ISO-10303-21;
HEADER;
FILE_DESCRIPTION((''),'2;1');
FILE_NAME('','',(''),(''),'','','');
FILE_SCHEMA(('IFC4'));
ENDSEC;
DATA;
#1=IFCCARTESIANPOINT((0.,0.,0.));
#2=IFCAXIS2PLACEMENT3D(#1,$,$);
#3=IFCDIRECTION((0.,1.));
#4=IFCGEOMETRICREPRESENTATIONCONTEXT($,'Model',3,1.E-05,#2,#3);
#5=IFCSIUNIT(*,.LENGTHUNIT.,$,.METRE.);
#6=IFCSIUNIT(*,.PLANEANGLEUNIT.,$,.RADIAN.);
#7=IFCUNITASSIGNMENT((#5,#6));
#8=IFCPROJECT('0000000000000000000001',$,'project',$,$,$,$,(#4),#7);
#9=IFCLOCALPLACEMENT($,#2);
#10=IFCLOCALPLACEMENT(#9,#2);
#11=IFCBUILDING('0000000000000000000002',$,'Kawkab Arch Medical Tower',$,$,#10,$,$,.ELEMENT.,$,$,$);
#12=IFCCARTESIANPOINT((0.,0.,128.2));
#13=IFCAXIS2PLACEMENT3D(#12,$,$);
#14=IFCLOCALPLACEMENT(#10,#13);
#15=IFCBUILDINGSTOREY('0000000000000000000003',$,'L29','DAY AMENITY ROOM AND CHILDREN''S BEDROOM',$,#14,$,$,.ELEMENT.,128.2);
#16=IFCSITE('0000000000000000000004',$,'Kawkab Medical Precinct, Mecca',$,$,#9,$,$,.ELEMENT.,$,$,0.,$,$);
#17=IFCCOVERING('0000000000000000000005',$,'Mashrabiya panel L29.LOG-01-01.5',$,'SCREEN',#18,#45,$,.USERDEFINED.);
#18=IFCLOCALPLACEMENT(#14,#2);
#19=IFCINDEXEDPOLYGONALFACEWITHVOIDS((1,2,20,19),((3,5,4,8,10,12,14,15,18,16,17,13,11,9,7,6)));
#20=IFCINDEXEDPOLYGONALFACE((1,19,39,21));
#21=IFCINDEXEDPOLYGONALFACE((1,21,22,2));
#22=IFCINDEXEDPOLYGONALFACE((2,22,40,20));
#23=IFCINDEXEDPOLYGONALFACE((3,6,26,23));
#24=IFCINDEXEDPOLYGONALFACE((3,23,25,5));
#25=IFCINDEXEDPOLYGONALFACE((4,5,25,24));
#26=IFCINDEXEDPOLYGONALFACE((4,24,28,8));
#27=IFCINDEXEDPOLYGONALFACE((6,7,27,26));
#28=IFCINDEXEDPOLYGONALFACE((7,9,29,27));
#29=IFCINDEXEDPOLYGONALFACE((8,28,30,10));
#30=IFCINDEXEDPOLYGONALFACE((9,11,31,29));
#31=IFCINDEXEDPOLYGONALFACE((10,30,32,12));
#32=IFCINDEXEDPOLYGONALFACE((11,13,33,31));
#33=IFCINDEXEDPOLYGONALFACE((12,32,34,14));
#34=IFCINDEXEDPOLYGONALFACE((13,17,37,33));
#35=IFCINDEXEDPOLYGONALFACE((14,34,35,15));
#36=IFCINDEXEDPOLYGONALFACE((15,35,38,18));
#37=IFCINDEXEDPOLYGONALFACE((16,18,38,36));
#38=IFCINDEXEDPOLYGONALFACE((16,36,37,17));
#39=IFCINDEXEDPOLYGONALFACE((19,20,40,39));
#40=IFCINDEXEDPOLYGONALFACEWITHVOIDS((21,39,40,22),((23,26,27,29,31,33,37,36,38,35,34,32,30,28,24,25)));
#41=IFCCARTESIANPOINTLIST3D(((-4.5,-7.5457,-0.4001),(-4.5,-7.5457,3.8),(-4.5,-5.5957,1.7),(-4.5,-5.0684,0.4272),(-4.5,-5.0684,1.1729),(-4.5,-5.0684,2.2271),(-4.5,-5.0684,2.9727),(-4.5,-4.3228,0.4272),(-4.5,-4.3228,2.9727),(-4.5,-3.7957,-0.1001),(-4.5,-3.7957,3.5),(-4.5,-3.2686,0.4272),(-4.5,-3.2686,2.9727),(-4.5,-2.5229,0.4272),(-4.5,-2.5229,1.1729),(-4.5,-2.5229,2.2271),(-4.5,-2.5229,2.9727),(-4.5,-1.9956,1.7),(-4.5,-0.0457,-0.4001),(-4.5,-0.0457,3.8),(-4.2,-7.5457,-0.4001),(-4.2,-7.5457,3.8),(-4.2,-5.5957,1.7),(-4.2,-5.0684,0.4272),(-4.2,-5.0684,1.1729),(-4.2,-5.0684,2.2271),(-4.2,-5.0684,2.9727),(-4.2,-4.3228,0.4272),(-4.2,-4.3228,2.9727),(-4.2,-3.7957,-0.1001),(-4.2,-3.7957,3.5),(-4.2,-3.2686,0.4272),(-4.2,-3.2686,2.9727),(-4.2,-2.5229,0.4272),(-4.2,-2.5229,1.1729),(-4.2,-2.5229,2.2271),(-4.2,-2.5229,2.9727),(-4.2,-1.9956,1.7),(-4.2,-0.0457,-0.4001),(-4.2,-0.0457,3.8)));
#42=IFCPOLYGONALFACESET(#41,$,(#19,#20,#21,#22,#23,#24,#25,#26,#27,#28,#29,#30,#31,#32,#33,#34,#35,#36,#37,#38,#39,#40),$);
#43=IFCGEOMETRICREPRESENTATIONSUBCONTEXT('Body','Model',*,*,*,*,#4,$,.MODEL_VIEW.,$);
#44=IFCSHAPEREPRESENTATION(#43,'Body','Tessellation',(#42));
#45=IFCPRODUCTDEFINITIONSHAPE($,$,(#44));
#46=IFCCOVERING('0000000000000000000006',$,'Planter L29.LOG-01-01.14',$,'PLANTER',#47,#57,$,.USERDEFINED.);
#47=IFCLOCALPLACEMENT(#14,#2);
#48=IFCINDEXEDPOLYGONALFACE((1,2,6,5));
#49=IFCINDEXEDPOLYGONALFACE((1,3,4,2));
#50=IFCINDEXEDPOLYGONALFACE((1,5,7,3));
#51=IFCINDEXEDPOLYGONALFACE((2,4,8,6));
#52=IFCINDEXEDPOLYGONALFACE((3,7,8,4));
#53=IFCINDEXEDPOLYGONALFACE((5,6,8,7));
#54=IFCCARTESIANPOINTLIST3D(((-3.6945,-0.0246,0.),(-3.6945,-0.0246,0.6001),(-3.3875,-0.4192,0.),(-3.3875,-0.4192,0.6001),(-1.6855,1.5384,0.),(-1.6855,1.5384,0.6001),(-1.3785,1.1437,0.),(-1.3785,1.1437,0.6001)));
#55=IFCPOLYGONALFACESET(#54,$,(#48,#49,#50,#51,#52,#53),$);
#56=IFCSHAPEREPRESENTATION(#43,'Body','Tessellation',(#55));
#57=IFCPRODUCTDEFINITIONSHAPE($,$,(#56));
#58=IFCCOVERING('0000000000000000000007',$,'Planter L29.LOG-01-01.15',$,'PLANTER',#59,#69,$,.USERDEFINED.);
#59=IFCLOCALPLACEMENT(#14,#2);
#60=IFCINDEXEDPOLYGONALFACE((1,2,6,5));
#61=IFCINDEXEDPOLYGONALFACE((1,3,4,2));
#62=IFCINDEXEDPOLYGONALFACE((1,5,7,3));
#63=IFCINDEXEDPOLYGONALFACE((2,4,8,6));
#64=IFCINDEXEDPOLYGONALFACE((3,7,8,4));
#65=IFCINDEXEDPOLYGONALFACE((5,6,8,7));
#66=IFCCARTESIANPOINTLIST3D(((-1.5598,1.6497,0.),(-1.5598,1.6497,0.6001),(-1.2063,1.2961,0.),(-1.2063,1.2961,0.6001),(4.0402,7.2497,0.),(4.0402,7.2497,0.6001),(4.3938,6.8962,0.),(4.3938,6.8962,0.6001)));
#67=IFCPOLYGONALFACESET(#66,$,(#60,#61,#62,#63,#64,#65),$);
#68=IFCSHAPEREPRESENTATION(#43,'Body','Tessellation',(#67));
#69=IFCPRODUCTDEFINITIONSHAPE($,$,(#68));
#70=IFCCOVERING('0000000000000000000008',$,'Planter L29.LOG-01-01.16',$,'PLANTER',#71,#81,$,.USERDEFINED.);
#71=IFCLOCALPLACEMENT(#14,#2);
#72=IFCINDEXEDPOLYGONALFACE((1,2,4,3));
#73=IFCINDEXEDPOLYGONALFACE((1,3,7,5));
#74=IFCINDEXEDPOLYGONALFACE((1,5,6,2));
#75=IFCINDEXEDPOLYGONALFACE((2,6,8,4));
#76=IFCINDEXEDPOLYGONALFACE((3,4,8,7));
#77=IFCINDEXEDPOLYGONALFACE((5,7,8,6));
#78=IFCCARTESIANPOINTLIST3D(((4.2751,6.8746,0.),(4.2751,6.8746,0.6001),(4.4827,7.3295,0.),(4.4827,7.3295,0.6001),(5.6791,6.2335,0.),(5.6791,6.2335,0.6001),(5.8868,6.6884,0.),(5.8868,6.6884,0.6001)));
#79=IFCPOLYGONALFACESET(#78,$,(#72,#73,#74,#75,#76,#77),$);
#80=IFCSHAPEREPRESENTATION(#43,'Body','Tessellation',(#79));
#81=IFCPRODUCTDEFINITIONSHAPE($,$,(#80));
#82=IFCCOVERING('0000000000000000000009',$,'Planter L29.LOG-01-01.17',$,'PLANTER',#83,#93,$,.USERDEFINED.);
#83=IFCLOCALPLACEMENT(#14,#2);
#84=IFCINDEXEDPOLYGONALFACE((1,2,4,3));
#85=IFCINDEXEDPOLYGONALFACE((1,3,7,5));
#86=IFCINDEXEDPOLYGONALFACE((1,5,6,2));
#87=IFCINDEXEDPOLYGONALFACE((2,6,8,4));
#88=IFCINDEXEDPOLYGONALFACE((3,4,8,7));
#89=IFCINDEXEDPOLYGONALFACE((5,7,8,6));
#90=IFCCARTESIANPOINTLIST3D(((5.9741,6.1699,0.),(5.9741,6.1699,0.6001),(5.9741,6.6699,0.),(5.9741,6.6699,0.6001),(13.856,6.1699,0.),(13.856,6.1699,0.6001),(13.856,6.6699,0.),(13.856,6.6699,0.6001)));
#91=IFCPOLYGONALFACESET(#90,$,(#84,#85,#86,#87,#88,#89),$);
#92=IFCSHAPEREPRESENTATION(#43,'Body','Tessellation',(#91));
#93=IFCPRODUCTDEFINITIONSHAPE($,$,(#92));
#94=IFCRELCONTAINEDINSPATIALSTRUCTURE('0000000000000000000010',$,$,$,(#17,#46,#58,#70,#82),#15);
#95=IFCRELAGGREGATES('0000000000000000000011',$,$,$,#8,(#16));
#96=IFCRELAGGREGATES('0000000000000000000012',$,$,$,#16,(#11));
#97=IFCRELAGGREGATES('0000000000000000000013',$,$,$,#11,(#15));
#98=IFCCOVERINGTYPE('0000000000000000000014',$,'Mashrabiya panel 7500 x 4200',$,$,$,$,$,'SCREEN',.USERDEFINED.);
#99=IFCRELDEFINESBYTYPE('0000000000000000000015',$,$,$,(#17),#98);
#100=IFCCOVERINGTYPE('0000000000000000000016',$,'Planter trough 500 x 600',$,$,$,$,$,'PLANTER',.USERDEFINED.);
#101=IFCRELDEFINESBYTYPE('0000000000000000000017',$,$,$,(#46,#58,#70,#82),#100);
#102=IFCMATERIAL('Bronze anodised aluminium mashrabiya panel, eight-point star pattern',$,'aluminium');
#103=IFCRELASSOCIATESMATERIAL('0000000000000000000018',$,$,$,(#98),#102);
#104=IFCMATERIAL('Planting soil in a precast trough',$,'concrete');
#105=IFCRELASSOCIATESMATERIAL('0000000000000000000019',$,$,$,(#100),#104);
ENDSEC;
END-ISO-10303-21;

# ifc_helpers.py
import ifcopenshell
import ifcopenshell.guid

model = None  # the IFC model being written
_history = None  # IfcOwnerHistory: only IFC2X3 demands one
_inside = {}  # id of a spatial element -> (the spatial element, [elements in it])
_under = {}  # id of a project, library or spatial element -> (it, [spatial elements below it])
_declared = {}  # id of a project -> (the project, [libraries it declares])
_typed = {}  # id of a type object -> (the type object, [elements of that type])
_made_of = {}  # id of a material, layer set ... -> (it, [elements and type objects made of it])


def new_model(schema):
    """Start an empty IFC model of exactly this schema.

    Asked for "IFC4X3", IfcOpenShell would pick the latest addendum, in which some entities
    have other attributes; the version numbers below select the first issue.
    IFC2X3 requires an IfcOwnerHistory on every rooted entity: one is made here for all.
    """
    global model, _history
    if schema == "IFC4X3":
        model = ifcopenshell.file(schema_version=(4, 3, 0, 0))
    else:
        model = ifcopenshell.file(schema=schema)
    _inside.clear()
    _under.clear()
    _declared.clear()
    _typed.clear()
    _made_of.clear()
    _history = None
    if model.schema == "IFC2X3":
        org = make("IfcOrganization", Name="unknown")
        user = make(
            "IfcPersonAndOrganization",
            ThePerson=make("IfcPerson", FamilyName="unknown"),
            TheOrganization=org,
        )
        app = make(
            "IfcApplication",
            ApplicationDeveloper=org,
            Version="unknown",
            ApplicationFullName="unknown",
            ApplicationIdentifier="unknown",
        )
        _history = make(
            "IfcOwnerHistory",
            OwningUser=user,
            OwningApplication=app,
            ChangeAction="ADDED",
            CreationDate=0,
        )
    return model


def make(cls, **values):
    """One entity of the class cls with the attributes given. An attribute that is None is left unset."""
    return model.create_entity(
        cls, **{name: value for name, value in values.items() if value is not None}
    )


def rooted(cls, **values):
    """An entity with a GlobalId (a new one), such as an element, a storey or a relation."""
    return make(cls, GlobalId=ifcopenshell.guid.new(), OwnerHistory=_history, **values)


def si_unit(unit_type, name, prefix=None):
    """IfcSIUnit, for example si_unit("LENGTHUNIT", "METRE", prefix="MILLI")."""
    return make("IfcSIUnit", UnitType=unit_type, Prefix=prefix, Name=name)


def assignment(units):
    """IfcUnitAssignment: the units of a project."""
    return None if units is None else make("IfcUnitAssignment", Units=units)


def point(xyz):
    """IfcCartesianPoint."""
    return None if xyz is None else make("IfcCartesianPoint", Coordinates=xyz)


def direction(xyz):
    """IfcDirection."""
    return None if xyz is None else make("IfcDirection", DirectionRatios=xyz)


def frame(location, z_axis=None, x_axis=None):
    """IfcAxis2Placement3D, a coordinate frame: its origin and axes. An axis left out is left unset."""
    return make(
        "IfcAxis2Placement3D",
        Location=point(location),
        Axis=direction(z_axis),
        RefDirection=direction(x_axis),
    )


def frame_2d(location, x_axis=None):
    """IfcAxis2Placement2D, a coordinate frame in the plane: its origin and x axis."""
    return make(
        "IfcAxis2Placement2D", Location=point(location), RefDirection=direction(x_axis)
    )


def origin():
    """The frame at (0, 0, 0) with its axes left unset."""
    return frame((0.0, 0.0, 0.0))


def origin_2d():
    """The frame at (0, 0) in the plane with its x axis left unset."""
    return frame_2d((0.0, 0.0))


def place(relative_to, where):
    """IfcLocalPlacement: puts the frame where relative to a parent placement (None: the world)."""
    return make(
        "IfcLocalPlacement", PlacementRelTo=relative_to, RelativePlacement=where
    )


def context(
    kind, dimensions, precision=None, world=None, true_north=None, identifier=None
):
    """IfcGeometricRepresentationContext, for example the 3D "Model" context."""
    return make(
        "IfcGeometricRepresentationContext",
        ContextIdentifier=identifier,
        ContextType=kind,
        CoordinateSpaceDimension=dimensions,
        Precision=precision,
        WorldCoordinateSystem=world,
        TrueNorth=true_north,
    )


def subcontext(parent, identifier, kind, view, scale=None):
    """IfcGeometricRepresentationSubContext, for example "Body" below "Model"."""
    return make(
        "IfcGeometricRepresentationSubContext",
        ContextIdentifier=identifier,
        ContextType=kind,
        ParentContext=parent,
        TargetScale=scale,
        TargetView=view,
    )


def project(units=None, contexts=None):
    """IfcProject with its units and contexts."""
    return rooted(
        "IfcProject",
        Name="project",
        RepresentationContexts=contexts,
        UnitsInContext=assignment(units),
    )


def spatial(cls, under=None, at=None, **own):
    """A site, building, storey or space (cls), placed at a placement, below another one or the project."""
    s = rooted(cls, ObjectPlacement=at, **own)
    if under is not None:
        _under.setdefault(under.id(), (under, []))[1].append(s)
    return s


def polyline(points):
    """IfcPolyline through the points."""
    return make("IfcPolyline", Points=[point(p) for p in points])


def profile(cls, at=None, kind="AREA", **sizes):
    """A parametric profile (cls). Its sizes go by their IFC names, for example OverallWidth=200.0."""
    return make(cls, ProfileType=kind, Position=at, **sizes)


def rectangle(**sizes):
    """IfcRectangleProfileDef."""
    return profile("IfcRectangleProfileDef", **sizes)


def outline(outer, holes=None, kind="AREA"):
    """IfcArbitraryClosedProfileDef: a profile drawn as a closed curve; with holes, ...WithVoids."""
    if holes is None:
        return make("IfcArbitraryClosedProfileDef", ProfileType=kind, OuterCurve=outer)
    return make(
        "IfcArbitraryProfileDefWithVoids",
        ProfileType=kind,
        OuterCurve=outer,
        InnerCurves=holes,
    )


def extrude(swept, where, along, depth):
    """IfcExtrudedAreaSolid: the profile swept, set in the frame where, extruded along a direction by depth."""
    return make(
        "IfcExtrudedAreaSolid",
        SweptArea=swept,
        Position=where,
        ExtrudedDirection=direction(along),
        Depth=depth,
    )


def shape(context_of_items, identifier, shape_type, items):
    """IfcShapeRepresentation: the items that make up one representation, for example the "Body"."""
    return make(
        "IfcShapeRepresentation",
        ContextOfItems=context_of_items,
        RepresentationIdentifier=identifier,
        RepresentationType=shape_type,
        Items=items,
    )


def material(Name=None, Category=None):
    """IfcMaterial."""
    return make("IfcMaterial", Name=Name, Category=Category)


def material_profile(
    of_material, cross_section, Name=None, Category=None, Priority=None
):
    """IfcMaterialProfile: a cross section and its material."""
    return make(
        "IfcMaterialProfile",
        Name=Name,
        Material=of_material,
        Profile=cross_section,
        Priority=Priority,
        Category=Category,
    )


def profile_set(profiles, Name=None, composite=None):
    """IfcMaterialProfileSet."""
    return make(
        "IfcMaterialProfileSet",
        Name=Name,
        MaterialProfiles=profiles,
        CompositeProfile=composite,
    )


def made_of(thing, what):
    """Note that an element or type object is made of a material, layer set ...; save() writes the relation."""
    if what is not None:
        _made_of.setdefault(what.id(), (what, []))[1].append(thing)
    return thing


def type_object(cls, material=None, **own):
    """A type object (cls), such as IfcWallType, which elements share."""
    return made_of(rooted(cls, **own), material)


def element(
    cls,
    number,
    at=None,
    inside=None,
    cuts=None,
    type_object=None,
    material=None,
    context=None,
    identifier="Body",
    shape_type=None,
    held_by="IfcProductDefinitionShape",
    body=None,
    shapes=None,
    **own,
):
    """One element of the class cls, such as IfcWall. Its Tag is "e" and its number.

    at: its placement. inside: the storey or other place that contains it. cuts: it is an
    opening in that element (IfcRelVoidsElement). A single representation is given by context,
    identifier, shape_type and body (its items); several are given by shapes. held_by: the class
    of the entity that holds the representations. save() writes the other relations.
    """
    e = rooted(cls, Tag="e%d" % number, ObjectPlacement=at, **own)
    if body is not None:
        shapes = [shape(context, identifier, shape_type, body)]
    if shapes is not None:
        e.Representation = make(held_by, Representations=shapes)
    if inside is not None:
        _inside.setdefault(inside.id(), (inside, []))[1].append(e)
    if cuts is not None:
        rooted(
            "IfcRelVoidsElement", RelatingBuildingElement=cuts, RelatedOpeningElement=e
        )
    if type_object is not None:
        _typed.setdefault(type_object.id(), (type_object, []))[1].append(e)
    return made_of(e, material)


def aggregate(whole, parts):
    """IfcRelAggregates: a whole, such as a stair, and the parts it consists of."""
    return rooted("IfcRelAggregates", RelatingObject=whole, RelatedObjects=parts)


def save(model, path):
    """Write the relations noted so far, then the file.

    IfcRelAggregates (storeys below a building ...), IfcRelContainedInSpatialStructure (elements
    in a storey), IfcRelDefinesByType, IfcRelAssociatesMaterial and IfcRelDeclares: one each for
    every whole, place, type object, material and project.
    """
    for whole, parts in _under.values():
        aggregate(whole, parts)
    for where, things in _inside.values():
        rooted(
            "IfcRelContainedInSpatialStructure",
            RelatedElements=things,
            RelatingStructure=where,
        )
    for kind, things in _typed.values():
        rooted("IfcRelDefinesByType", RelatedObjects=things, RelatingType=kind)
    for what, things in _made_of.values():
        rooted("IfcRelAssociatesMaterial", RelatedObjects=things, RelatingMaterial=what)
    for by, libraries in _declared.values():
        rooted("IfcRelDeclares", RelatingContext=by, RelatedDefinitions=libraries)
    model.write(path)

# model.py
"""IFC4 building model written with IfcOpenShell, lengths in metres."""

from ifc_helpers import new_model, si_unit, direction, frame, origin, origin_2d, place, context, subcontext, project, spatial, polyline, rectangle, outline, extrude, material, material_profile, profile_set, type_object, element, save


model = new_model("IFC4")

# Units and contexts
model_context = context("Model", 3, precision=1e-05, world=origin(), true_north=direction((0.0, 1.0)))
body_context = subcontext(model_context, "Body", "Model", "MODEL_VIEW")
ifc_project = project(units=[si_unit("LENGTHUNIT", "METRE"), si_unit("PLANEANGLEUNIT", "RADIAN")], contexts=[model_context])

# Site, building, storey
site_placement = place(None, origin())
site = spatial("IfcSite", under=ifc_project, at=site_placement, Name="Kawkab Medical Precinct, Mecca", CompositionType="ELEMENT", RefElevation=0.0)
building_placement = place(site_placement, origin())
building = spatial("IfcBuilding", under=site, at=building_placement, Name="Kawkab Arch Medical Tower", CompositionType="ELEMENT")
storey_placement = place(building_placement, frame((0.0, 0.0, 128.2)))
storey = spatial("IfcBuildingStorey", under=building, at=storey_placement, Name="L29", Description="DAY AMENITY ROOM AND CHILDREN'S BEDROOM", CompositionType="ELEMENT", Elevation=128.2)

# Coverings
ifc_material_1 = material(Name="Bronze anodised aluminium mashrabiya panel, eight-point star pattern", Category="aluminium")
ifc_material_profile_1 = material_profile(ifc_material_1, outline(polyline([(-3.75, -2.1001), (3.75, -2.1001), (3.75, 2.1001), (-3.75, 2.1001), (-3.75, -2.1001)]), holes=[polyline([(1.8, 0.0), (1.2727, 0.5271), (1.2727, 1.2727), (0.5271, 1.2727), (0.0, 1.8), (-0.5271, 1.2727), (-1.2727, 1.2727), (-1.2727, 0.5271), (-1.8, 0.0), (-1.2727, -0.5271), (-1.2727, -1.2727), (-0.5271, -1.2727), (0.0, -1.8), (0.5271, -1.2727), (1.2727, -1.2727), (1.2727, -0.5271), (1.8, 0.0)])]), Name="Mashrabiya panel 7500x4200")
ifc_profile_set_1 = profile_set([ifc_material_profile_1], Name="Bronze anodised aluminium mashrabiya panel, eight-point star pattern")
covering_type_1 = type_object("IfcCoveringType", Name="Mashrabiya panel 7500 x 4200", ElementType="SCREEN", PredefinedType="USERDEFINED", material=ifc_profile_set_1)
covering_1_placement = place(storey_placement, frame((-4.2, -3.7957, 1.7), z_axis=(-1.0, 0.0, 0.0), x_axis=(0.0, -1.0, 0.0)))
element("IfcCovering", 1, at=covering_1_placement, inside=storey, type_object=covering_type_1, Name="Mashrabiya panel L29.LOG-01-01.5", ObjectType="SCREEN", PredefinedType="USERDEFINED", context=body_context, shape_type="SweptSolid", body=[
    extrude(outline(polyline([(-3.75, -2.1001), (3.75, -2.1001), (3.75, 2.1001), (-3.75, 2.1001), (-3.75, -2.1001)]), holes=[polyline([(1.8, 0.0), (1.2727, 0.5271), (1.2727, 1.2727), (0.5271, 1.2727), (0.0, 1.8), (-0.5271, 1.2727), (-1.2727, 1.2727), (-1.2727, 0.5271), (-1.8, 0.0), (-1.2727, -0.5271), (-1.2727, -1.2727), (-0.5271, -1.2727), (0.0, -1.8), (0.5271, -1.2727), (1.2727, -1.2727), (1.2727, -0.5271), (1.8, 0.0)])]), origin(), (0.0, 0.0, 1.0), 0.3),
])
ifc_material_2 = material(Name="Planting soil in a precast trough", Category="concrete")
ifc_material_profile_2 = material_profile(ifc_material_2, rectangle(XDim=0.5, YDim=0.6001, at=origin_2d()), Name="Trough 500x600")
ifc_profile_set_2 = profile_set([ifc_material_profile_2], Name="Planting soil in a precast trough")
covering_type_2 = type_object("IfcCoveringType", Name="Planter trough 500 x 600", ElementType="PLANTER", PredefinedType="USERDEFINED", material=ifc_profile_set_2)
covering_2_placement = place(storey_placement, frame((-3.541, -0.2219, 0.3), z_axis=(0.789275, 0.61404, 0.0), x_axis=(-0.61404, 0.789275, 0.0)))
element("IfcCovering", 2, at=covering_2_placement, inside=storey, type_object=covering_type_2, Name="Planter L29.LOG-01-01.14", ObjectType="PLANTER", PredefinedType="USERDEFINED", context=body_context, shape_type="SweptSolid", body=[
    extrude(rectangle(XDim=0.5, YDim=0.6001, at=origin_2d()), origin(), (0.0, 0.0, 1.0), 2.5454),
])
covering_3_placement = place(storey_placement, frame((-1.3831, 1.4729, 0.3), z_axis=(0.707107, 0.707107, 0.0), x_axis=(-0.707107, 0.707107, 0.0)))
element("IfcCovering", 3, at=covering_3_placement, inside=storey, type_object=covering_type_2, Name="Planter L29.LOG-01-01.15", ObjectType="PLANTER", PredefinedType="USERDEFINED", context=body_context, shape_type="SweptSolid", body=[
    extrude(rectangle(XDim=0.5, YDim=0.6001, at=origin_2d()), origin(), (0.0, 0.0, 1.0), 7.9197),
])
covering_4_placement = place(storey_placement, frame((4.3789, 7.1021, 0.3), z_axis=(0.909656, -0.415363, 0.0), x_axis=(0.415363, 0.909656, 0.0)))
element("IfcCovering", 4, at=covering_4_placement, inside=storey, type_object=covering_type_2, Name="Planter L29.LOG-01-01.16", ObjectType="PLANTER", PredefinedType="USERDEFINED", context=body_context, shape_type="SweptSolid", body=[
    extrude(rectangle(XDim=0.5, YDim=0.6001, at=origin_2d()), origin(), (0.0, 0.0, 1.0), 1.5435),
])
covering_5_placement = place(storey_placement, frame((5.9741, 6.4199, 0.3), z_axis=(1.0, 0.0, 0.0), x_axis=(0.0, 1.0, 0.0)))
element("IfcCovering", 5, at=covering_5_placement, inside=storey, type_object=covering_type_2, Name="Planter L29.LOG-01-01.17", ObjectType="PLANTER", PredefinedType="USERDEFINED", context=body_context, shape_type="SweptSolid", body=[
    extrude(rectangle(XDim=0.5, YDim=0.6001, at=origin_2d()), origin(), (0.0, 0.0, 1.0), 7.8818),
])

save(model, "model.ifc")
